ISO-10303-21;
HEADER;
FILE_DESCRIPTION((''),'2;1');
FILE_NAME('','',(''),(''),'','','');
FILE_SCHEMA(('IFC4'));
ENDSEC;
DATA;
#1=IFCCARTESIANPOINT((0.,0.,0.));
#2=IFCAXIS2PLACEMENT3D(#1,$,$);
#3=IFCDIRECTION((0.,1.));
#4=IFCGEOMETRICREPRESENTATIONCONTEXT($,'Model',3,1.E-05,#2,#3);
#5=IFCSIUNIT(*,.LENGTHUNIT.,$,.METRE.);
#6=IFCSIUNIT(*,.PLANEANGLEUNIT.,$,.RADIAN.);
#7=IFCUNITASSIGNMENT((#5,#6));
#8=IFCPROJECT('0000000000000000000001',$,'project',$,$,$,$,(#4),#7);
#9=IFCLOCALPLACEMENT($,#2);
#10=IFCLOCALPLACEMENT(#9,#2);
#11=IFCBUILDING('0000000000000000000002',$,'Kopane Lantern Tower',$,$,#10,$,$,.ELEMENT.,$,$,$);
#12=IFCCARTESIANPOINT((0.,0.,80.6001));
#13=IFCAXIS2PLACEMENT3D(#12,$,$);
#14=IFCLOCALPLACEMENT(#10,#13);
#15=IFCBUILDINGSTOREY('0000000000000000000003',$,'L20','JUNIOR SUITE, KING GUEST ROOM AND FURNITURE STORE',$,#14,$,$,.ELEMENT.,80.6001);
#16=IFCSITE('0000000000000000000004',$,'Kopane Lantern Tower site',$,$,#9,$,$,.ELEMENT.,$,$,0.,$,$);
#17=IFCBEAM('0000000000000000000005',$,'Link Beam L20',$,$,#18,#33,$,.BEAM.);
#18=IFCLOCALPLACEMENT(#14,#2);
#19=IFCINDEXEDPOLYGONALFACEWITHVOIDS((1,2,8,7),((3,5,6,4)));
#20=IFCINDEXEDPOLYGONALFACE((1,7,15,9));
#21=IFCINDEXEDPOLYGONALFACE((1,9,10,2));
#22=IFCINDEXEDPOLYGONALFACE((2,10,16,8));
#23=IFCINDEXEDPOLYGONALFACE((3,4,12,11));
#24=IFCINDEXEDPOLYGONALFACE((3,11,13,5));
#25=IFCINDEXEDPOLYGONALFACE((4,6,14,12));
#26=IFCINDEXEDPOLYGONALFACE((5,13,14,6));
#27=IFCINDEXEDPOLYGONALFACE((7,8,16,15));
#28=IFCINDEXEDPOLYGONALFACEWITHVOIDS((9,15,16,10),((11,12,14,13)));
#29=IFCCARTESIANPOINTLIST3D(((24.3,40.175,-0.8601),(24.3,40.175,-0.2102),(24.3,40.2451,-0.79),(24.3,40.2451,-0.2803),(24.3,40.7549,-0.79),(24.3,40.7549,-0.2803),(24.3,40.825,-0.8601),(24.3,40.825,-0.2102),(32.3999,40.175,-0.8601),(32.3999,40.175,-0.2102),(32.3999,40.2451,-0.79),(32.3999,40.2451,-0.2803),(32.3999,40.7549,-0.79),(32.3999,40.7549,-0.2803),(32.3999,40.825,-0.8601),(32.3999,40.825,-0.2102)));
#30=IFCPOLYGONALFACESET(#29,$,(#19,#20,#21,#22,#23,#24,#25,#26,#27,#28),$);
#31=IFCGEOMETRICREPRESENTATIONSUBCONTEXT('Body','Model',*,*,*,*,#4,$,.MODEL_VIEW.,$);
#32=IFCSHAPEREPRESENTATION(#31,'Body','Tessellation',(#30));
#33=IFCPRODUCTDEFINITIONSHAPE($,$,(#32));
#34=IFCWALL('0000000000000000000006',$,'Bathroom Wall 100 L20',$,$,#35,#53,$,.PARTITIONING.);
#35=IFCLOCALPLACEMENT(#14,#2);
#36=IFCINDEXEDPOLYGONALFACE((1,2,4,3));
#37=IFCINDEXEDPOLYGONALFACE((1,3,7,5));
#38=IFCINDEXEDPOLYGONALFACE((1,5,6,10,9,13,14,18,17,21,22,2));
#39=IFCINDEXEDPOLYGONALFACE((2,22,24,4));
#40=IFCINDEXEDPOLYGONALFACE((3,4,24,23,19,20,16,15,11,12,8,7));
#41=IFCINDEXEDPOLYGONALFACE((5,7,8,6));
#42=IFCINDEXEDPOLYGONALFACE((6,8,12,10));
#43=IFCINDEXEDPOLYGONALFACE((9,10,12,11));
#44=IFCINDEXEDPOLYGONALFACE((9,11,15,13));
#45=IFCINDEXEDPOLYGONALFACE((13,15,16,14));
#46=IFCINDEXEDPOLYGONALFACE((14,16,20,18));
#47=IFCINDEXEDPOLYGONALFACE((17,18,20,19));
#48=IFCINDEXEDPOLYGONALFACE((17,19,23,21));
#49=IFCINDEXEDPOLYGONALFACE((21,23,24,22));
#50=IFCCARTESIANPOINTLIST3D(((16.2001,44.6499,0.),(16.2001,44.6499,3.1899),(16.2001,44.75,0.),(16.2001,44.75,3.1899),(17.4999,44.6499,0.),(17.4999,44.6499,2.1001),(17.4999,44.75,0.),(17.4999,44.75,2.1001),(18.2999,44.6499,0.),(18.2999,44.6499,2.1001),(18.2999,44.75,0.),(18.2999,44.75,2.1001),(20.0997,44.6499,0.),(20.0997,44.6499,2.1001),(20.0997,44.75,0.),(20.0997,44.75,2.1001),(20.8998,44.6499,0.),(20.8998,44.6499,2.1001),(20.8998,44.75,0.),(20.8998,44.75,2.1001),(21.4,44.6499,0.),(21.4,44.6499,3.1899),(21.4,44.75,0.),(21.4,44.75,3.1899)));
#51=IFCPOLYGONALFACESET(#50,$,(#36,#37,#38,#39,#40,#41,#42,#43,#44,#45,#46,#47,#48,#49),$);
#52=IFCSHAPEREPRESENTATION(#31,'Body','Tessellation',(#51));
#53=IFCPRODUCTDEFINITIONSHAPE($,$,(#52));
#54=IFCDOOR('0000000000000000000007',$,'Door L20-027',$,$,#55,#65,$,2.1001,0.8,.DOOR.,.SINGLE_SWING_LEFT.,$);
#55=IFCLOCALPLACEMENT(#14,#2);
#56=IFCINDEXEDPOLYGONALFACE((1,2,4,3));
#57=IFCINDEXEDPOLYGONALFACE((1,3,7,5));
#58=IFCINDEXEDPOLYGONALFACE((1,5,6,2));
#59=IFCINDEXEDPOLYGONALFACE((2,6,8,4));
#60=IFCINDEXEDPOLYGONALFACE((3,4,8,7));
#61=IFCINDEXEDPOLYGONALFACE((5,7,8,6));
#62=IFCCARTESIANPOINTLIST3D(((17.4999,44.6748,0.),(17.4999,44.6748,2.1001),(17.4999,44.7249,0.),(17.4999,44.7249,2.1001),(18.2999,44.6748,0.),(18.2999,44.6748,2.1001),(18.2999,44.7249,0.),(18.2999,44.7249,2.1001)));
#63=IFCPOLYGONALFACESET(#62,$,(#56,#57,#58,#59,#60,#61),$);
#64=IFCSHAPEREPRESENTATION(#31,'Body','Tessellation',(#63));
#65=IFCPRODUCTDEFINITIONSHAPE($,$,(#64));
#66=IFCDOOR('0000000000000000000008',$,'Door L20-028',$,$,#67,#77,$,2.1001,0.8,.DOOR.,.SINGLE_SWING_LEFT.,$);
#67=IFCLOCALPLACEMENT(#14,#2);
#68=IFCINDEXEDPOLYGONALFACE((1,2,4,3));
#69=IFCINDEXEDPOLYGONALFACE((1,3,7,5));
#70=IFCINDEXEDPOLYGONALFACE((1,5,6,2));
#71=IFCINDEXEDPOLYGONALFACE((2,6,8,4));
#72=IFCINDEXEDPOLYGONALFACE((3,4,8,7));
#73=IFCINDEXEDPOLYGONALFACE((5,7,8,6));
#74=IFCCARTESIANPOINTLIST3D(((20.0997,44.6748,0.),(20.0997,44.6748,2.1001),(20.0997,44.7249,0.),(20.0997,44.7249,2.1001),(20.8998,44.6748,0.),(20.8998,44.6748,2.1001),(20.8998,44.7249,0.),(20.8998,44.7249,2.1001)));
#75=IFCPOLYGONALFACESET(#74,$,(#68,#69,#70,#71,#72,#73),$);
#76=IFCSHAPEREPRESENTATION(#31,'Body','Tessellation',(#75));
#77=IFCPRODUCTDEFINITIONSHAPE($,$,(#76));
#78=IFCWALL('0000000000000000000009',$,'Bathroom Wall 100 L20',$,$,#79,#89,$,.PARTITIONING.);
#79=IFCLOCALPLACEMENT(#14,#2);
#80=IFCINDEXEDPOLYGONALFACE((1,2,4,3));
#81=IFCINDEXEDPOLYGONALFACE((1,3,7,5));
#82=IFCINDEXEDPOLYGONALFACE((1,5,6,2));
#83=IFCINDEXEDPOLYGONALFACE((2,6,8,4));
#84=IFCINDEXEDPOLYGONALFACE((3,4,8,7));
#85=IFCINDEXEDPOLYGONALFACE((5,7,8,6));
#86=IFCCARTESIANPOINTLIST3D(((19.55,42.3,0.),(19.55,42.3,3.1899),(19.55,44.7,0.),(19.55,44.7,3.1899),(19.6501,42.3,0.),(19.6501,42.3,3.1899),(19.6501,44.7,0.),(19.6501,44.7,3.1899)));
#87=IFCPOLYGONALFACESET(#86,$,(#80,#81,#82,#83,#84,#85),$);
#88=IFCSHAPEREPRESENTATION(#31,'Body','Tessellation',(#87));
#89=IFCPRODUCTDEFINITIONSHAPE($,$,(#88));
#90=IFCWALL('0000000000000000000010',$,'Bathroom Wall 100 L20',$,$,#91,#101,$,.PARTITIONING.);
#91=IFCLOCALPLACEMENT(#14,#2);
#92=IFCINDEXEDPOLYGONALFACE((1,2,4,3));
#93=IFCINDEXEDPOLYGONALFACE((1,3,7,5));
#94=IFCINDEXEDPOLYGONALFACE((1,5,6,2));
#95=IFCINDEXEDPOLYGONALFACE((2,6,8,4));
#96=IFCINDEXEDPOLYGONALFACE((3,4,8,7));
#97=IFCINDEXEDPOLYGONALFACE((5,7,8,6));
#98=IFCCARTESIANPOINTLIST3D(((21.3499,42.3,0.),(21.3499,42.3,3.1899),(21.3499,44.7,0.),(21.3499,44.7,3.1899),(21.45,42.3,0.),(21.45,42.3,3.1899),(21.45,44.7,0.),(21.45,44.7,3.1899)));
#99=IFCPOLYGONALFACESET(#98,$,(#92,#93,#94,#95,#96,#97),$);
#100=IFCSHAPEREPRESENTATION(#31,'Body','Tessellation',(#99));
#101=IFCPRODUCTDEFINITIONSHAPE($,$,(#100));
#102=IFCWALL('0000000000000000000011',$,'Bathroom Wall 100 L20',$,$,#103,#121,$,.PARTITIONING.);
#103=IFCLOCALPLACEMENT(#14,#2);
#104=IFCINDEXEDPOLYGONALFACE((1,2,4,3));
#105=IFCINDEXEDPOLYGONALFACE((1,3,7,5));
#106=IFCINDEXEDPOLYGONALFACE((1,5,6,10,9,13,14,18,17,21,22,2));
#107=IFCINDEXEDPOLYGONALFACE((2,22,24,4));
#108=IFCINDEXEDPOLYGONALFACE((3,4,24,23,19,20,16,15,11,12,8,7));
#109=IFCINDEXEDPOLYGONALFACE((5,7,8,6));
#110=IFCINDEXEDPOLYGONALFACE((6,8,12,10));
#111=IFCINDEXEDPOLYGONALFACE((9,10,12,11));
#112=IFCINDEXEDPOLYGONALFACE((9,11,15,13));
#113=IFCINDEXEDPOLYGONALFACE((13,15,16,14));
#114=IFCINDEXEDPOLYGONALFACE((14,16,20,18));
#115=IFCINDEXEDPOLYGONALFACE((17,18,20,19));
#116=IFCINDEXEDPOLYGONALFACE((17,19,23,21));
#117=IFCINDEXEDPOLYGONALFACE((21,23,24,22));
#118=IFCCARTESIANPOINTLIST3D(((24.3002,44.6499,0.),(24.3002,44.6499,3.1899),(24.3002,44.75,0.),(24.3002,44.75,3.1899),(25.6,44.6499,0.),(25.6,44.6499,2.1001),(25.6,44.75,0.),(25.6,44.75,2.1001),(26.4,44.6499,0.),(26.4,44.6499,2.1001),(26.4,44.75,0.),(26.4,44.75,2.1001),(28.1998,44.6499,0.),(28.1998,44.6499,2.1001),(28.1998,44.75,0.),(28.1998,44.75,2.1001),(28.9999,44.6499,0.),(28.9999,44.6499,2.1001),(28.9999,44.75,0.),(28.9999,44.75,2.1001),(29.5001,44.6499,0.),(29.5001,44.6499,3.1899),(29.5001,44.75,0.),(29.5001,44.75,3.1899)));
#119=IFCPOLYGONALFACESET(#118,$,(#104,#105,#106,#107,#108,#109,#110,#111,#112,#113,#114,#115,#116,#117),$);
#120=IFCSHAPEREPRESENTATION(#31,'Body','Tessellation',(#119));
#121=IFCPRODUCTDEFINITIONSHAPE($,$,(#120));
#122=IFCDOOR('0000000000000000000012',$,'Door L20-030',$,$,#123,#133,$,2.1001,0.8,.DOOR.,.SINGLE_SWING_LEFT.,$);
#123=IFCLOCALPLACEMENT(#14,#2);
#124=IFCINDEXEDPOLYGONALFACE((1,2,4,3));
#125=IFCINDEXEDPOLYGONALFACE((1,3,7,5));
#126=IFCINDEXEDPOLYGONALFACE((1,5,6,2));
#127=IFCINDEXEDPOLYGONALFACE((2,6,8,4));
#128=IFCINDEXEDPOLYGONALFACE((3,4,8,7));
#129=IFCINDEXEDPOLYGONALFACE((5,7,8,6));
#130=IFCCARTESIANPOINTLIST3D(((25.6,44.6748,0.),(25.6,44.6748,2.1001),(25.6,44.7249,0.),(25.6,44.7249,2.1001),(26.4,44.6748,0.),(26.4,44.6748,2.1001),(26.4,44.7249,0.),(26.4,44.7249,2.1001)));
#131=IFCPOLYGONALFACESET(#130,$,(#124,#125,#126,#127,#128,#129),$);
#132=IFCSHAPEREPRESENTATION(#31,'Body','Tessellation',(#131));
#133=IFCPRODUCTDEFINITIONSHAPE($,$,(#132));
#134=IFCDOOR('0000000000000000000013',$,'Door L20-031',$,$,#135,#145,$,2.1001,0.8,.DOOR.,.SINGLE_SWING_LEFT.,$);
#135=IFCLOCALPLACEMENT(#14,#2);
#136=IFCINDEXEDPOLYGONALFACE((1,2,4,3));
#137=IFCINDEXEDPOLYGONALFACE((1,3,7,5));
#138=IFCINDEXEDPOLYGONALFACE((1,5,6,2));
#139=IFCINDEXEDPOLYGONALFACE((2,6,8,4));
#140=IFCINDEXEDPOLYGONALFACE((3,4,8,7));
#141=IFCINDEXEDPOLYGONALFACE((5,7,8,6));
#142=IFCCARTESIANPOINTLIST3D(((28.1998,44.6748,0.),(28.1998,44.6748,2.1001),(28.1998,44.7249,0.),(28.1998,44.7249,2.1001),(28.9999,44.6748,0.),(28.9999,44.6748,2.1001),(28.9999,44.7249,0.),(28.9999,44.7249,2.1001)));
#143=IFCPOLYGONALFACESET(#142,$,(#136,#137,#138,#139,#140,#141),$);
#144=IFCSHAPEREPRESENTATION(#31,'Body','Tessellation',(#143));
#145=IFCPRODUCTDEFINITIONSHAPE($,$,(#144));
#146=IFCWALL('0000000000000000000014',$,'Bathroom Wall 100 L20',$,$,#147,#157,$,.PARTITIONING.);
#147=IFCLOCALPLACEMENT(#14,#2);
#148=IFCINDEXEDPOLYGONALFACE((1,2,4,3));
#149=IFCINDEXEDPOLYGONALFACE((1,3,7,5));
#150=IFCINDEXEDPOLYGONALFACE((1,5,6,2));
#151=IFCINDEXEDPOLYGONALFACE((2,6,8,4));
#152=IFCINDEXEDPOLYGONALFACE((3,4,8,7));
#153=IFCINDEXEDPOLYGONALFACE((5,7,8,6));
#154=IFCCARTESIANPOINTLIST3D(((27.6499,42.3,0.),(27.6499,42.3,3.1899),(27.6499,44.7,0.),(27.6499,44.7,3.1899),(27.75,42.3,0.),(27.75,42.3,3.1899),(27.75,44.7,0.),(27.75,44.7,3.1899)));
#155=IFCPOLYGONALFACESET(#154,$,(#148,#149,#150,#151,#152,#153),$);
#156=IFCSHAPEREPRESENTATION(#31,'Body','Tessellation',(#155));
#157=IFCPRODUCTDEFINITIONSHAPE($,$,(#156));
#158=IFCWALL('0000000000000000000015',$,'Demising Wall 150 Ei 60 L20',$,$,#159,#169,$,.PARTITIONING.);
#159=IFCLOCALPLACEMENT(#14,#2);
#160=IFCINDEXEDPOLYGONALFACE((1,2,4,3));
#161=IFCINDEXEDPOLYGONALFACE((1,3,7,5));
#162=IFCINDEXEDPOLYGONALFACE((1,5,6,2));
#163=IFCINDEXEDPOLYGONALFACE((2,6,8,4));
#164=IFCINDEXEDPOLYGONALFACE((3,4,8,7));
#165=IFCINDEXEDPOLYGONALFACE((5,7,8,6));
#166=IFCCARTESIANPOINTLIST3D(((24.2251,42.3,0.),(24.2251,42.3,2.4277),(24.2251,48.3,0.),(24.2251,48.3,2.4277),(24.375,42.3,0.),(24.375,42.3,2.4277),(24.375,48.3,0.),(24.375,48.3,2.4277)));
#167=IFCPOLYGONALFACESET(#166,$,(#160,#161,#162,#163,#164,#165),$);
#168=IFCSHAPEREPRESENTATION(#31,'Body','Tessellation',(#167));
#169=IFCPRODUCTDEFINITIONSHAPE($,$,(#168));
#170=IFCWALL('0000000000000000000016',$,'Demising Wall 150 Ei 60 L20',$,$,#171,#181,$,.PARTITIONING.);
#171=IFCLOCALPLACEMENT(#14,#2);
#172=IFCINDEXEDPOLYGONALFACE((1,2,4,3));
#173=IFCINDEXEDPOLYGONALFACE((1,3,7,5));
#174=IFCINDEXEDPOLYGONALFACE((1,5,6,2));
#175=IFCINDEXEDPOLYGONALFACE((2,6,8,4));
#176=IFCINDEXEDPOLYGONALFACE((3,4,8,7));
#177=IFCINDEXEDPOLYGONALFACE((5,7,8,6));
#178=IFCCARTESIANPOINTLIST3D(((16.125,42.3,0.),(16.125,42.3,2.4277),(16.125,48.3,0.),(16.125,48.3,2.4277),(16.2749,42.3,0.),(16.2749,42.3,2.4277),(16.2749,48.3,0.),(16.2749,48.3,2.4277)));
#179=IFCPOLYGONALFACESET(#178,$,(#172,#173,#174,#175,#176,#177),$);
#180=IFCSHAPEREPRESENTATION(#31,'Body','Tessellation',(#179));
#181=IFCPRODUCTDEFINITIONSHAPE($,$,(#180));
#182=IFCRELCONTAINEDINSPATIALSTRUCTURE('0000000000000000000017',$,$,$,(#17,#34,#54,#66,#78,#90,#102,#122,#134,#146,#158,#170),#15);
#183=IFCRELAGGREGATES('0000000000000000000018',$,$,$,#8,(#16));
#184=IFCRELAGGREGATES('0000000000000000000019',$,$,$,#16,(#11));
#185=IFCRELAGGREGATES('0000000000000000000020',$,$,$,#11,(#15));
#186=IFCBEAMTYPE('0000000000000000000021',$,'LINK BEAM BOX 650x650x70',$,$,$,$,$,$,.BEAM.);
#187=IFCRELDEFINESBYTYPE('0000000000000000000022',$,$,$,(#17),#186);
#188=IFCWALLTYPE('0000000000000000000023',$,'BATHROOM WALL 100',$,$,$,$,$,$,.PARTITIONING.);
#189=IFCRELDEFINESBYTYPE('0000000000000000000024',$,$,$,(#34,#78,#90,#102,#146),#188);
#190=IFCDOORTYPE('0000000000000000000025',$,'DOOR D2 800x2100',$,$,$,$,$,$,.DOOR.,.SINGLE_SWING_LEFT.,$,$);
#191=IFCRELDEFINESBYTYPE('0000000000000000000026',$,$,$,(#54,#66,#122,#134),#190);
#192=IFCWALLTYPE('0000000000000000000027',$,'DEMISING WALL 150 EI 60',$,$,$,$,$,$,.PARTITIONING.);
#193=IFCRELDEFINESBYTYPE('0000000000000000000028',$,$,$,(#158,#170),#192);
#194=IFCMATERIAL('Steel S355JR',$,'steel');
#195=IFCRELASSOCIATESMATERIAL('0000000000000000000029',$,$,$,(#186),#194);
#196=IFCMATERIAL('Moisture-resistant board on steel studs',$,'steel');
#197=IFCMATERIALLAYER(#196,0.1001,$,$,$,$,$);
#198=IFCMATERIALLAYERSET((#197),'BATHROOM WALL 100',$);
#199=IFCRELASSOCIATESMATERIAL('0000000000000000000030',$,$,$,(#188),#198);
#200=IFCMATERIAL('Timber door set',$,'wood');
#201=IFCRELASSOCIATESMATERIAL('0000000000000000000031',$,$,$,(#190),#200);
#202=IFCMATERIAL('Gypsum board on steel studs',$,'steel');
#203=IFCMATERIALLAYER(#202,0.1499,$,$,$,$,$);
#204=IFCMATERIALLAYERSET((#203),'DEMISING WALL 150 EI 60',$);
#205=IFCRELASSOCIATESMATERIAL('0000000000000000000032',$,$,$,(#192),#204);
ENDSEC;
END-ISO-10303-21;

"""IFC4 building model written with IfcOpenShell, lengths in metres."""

from ifc_helpers import new_model, si_unit, direction, frame, frame_2d, origin, origin_2d, place, context, subcontext, project, spatial, rectangle, hollow_rectangle, extrude, material, layer, layer_set, material_profile, profile_set, type_object, element, fill, save


model = new_model("IFC4")

# Units and contexts
model_context = context("Model", 3, precision=1e-05, world=origin(), true_north=direction((0.0, 1.0)))
body_context = subcontext(model_context, "Body", "Model", "MODEL_VIEW")
ifc_project = project(units=[si_unit("LENGTHUNIT", "METRE"), si_unit("PLANEANGLEUNIT", "RADIAN")], contexts=[model_context])

# Site, building, storey
site_placement = place(None, origin())
site = spatial("IfcSite", under=ifc_project, at=site_placement, Name="Kopane Lantern Tower site", CompositionType="ELEMENT", RefElevation=0.0)
building_placement = place(site_placement, origin())
building = spatial("IfcBuilding", under=site, at=building_placement, Name="Kopane Lantern Tower", CompositionType="ELEMENT")
storey_placement = place(building_placement, frame((0.0, 0.0, 80.6001)))
storey = spatial("IfcBuildingStorey", under=building, at=storey_placement, Name="L20", Description="JUNIOR SUITE, KING GUEST ROOM AND FURNITURE STORE", CompositionType="ELEMENT", Elevation=80.6001)

# Beam
ifc_material_1 = material(Name="Steel S355JR", Category="steel")
ifc_material_profile_1 = material_profile(ifc_material_1, hollow_rectangle(XDim=0.6499, YDim=0.6499, WallThickness=0.0701, at=origin_2d()), Name="BOX 650x650x70")
ifc_profile_set_1 = profile_set([ifc_material_profile_1], Name="Steel S355JR")
beam_type_1 = type_object("IfcBeamType", Name="LINK BEAM BOX 650x650x70", PredefinedType="BEAM", material=ifc_profile_set_1)
beam_1_placement = place(storey_placement, frame((24.3, 40.5, -0.5352), z_axis=(1.0, 0.0, 0.0), x_axis=(0.0, 1.0, 0.0)))
element("IfcBeam", 1, at=beam_1_placement, inside=storey, type_object=beam_type_1, Name="Link Beam L20", PredefinedType="BEAM", context=body_context, shape_type="SweptSolid", body=[
    extrude(hollow_rectangle(XDim=0.6499, YDim=0.6499, WallThickness=0.0701, at=origin_2d()), origin(), (0.0, 0.0, 1.0), 8.0999),
])

# Wall, openings, doors
ifc_material_2 = material(Name="Moisture-resistant board on steel studs", Category="steel")
ifc_layer_1 = layer(ifc_material_2, 0.1001)
ifc_layer_set_1 = layer_set([ifc_layer_1], Name="BATHROOM WALL 100")
wall_type_1 = type_object("IfcWallType", Name="BATHROOM WALL 100", PredefinedType="PARTITIONING", material=ifc_layer_set_1)
wall_1_placement = place(storey_placement, frame((16.2, 44.7, 0.0), z_axis=(0.0, 0.0, 1.0), x_axis=(1.0, 0.0, 0.0)))
wall_1 = element("IfcWall", 2, at=wall_1_placement, inside=storey, type_object=wall_type_1, Name="Bathroom Wall 100 L20", PredefinedType="PARTITIONING", context=body_context, shape_type="SweptSolid", body=[
    extrude(rectangle(XDim=5.2, YDim=0.1001, at=frame_2d((2.6001, 0.0))), origin(), (0.0, 0.0, 1.0), 3.1899),
])
opening_1_placement = place(wall_1_placement, frame((1.3, 0.0, 0.0)))
opening_1 = element("IfcOpeningElement", 3, at=opening_1_placement, cuts=wall_1, PredefinedType="OPENING", context=body_context, shape_type="SweptSolid", body=[
    extrude(rectangle(XDim=0.8, YDim=2.1001, at=frame_2d((0.3999, 1.05))), frame((0.0, 0.0601, 0.0), z_axis=(0.0, -1.0, 0.0), x_axis=(1.0, 0.0, 0.0)), (0.0, 0.0, 1.0), 0.1201),
])
opening_2_placement = place(wall_1_placement, frame((3.8999, 0.0, 0.0)))
opening_2 = element("IfcOpeningElement", 4, at=opening_2_placement, cuts=wall_1, PredefinedType="OPENING", context=body_context, shape_type="SweptSolid", body=[
    extrude(rectangle(XDim=0.8, YDim=2.1001, at=frame_2d((0.3999, 1.05))), frame((0.0, 0.0601, 0.0), z_axis=(0.0, -1.0, 0.0), x_axis=(1.0, 0.0, 0.0)), (0.0, 0.0, 1.0), 0.1201),
])
ifc_material_3 = material(Name="Timber door set", Category="wood")
door_type = type_object("IfcDoorType", Name="DOOR D2 800x2100", OperationType="SINGLE_SWING_LEFT", PredefinedType="DOOR", material=ifc_material_3)
door_1_placement = place(opening_1_placement, origin())
door_1 = element("IfcDoor", 5, at=door_1_placement, inside=storey, type_object=door_type, Name="Door L20-027", OperationType="SINGLE_SWING_LEFT", OverallHeight=2.1001, OverallWidth=0.8, PredefinedType="DOOR", context=body_context, shape_type="SweptSolid", body=[
    extrude(rectangle(XDim=0.8, YDim=2.1001, at=frame_2d((0.3999, 1.05))), frame((0.0, 0.0249, 0.0), z_axis=(0.0, -1.0, 0.0), x_axis=(1.0, 0.0, 0.0)), (0.0, 0.0, 1.0), 0.05),
])
fill(opening_1, door_1)
door_2_placement = place(opening_2_placement, origin())
door_2 = element("IfcDoor", 6, at=door_2_placement, inside=storey, type_object=door_type, Name="Door L20-028", OperationType="SINGLE_SWING_LEFT", OverallHeight=2.1001, OverallWidth=0.8, PredefinedType="DOOR", context=body_context, shape_type="SweptSolid", body=[
    extrude(rectangle(XDim=0.8, YDim=2.1001, at=frame_2d((0.3999, 1.05))), frame((0.0, 0.0249, 0.0), z_axis=(0.0, -1.0, 0.0), x_axis=(1.0, 0.0, 0.0)), (0.0, 0.0, 1.0), 0.05),
])
fill(opening_2, door_2)

# Walls
for number, where, z_axis, x_axis, name in (
    (7, (19.6001, 42.3, 0.0), (0.0, 0.0, 1.0), (0.0, 1.0, 0.0), "Bathroom Wall 100 L20"),
    (8, (21.3999, 42.3, 0.0), (0.0, 0.0, 1.0), (0.0, 1.0, 0.0), "Bathroom Wall 100 L20"),
):
    element("IfcWall", number, at=place(storey_placement, frame(where, z_axis=z_axis, x_axis=x_axis)), inside=storey, type_object=wall_type_1, Name=name, PredefinedType="PARTITIONING", context=body_context, shape_type="SweptSolid", body=[
        extrude(rectangle(XDim=2.3999, YDim=0.1001, at=frame_2d((1.2, 0.0))), origin(), (0.0, 0.0, 1.0), 3.1899),
    ])

# Wall, openings, doors
wall_2_placement = place(storey_placement, frame((24.3, 44.7, 0.0), z_axis=(0.0, 0.0, 1.0), x_axis=(1.0, 0.0, 0.0)))
wall_2 = element("IfcWall", 9, at=wall_2_placement, inside=storey, type_object=wall_type_1, Name="Bathroom Wall 100 L20", PredefinedType="PARTITIONING", context=body_context, shape_type="SweptSolid", body=[
    extrude(rectangle(XDim=5.2, YDim=0.1001, at=frame_2d((2.6001, 0.0))), origin(), (0.0, 0.0, 1.0), 3.1899),
])
opening_3_placement = place(wall_2_placement, frame((1.3, 0.0, 0.0)))
opening_3 = element("IfcOpeningElement", 10, at=opening_3_placement, cuts=wall_2, PredefinedType="OPENING", context=body_context, shape_type="SweptSolid", body=[
    extrude(rectangle(XDim=0.8, YDim=2.1001, at=frame_2d((0.3999, 1.05))), frame((0.0, 0.0601, 0.0), z_axis=(0.0, -1.0, 0.0), x_axis=(1.0, 0.0, 0.0)), (0.0, 0.0, 1.0), 0.1201),
])
opening_4_placement = place(wall_2_placement, frame((3.8999, 0.0, 0.0)))
opening_4 = element("IfcOpeningElement", 11, at=opening_4_placement, cuts=wall_2, PredefinedType="OPENING", context=body_context, shape_type="SweptSolid", body=[
    extrude(rectangle(XDim=0.8, YDim=2.1001, at=frame_2d((0.3999, 1.05))), frame((0.0, 0.0601, 0.0), z_axis=(0.0, -1.0, 0.0), x_axis=(1.0, 0.0, 0.0)), (0.0, 0.0, 1.0), 0.1201),
])
door_3_placement = place(opening_3_placement, origin())
door_3 = element("IfcDoor", 12, at=door_3_placement, inside=storey, type_object=door_type, Name="Door L20-030", OperationType="SINGLE_SWING_LEFT", OverallHeight=2.1001, OverallWidth=0.8, PredefinedType="DOOR", context=body_context, shape_type="SweptSolid", body=[
    extrude(rectangle(XDim=0.8, YDim=2.1001, at=frame_2d((0.3999, 1.05))), frame((0.0, 0.0249, 0.0), z_axis=(0.0, -1.0, 0.0), x_axis=(1.0, 0.0, 0.0)), (0.0, 0.0, 1.0), 0.05),
])
fill(opening_3, door_3)
door_4_placement = place(opening_4_placement, origin())
door_4 = element("IfcDoor", 13, at=door_4_placement, inside=storey, type_object=door_type, Name="Door L20-031", OperationType="SINGLE_SWING_LEFT", OverallHeight=2.1001, OverallWidth=0.8, PredefinedType="DOOR", context=body_context, shape_type="SweptSolid", body=[
    extrude(rectangle(XDim=0.8, YDim=2.1001, at=frame_2d((0.3999, 1.05))), frame((0.0, 0.0249, 0.0), z_axis=(0.0, -1.0, 0.0), x_axis=(1.0, 0.0, 0.0)), (0.0, 0.0, 1.0), 0.05),
])
fill(opening_4, door_4)

# Walls
wall_3_placement = place(storey_placement, frame((27.7, 42.3, 0.0), z_axis=(0.0, 0.0, 1.0), x_axis=(0.0, 1.0, 0.0)))
element("IfcWall", 14, at=wall_3_placement, inside=storey, type_object=wall_type_1, Name="Bathroom Wall 100 L20", PredefinedType="PARTITIONING", context=body_context, shape_type="SweptSolid", body=[
    extrude(rectangle(XDim=2.3999, YDim=0.1001, at=frame_2d((1.2, 0.0))), origin(), (0.0, 0.0, 1.0), 3.1899),
])
ifc_material_4 = material(Name="Gypsum board on steel studs", Category="steel")
ifc_layer_2 = layer(ifc_material_4, 0.1499)
ifc_layer_set_2 = layer_set([ifc_layer_2], Name="DEMISING WALL 150 EI 60")
wall_type_2 = type_object("IfcWallType", Name="DEMISING WALL 150 EI 60", PredefinedType="PARTITIONING", material=ifc_layer_set_2)
for number, where, z_axis, x_axis, name in (
    (15, (24.3, 42.3, 0.0), (0.0, 0.0, 1.0), (0.0, 1.0, 0.0), "Demising Wall 150 Ei 60 L20"),
    (16, (16.2, 42.3, 0.0), (0.0, 0.0, 1.0), (0.0, 1.0, 0.0), "Demising Wall 150 Ei 60 L20"),
):
    element("IfcWall", number, at=place(storey_placement, frame(where, z_axis=z_axis, x_axis=x_axis)), inside=storey, type_object=wall_type_2, Name=name, PredefinedType="PARTITIONING", context=body_context, shape_type="SweptSolid", body=[
        extrude(rectangle(XDim=6.0, YDim=0.1499, at=frame_2d((3.0, 0.0))), origin(), (0.0, 0.0, 1.0), 2.4277),
    ])

save(model, "model.ifc")
